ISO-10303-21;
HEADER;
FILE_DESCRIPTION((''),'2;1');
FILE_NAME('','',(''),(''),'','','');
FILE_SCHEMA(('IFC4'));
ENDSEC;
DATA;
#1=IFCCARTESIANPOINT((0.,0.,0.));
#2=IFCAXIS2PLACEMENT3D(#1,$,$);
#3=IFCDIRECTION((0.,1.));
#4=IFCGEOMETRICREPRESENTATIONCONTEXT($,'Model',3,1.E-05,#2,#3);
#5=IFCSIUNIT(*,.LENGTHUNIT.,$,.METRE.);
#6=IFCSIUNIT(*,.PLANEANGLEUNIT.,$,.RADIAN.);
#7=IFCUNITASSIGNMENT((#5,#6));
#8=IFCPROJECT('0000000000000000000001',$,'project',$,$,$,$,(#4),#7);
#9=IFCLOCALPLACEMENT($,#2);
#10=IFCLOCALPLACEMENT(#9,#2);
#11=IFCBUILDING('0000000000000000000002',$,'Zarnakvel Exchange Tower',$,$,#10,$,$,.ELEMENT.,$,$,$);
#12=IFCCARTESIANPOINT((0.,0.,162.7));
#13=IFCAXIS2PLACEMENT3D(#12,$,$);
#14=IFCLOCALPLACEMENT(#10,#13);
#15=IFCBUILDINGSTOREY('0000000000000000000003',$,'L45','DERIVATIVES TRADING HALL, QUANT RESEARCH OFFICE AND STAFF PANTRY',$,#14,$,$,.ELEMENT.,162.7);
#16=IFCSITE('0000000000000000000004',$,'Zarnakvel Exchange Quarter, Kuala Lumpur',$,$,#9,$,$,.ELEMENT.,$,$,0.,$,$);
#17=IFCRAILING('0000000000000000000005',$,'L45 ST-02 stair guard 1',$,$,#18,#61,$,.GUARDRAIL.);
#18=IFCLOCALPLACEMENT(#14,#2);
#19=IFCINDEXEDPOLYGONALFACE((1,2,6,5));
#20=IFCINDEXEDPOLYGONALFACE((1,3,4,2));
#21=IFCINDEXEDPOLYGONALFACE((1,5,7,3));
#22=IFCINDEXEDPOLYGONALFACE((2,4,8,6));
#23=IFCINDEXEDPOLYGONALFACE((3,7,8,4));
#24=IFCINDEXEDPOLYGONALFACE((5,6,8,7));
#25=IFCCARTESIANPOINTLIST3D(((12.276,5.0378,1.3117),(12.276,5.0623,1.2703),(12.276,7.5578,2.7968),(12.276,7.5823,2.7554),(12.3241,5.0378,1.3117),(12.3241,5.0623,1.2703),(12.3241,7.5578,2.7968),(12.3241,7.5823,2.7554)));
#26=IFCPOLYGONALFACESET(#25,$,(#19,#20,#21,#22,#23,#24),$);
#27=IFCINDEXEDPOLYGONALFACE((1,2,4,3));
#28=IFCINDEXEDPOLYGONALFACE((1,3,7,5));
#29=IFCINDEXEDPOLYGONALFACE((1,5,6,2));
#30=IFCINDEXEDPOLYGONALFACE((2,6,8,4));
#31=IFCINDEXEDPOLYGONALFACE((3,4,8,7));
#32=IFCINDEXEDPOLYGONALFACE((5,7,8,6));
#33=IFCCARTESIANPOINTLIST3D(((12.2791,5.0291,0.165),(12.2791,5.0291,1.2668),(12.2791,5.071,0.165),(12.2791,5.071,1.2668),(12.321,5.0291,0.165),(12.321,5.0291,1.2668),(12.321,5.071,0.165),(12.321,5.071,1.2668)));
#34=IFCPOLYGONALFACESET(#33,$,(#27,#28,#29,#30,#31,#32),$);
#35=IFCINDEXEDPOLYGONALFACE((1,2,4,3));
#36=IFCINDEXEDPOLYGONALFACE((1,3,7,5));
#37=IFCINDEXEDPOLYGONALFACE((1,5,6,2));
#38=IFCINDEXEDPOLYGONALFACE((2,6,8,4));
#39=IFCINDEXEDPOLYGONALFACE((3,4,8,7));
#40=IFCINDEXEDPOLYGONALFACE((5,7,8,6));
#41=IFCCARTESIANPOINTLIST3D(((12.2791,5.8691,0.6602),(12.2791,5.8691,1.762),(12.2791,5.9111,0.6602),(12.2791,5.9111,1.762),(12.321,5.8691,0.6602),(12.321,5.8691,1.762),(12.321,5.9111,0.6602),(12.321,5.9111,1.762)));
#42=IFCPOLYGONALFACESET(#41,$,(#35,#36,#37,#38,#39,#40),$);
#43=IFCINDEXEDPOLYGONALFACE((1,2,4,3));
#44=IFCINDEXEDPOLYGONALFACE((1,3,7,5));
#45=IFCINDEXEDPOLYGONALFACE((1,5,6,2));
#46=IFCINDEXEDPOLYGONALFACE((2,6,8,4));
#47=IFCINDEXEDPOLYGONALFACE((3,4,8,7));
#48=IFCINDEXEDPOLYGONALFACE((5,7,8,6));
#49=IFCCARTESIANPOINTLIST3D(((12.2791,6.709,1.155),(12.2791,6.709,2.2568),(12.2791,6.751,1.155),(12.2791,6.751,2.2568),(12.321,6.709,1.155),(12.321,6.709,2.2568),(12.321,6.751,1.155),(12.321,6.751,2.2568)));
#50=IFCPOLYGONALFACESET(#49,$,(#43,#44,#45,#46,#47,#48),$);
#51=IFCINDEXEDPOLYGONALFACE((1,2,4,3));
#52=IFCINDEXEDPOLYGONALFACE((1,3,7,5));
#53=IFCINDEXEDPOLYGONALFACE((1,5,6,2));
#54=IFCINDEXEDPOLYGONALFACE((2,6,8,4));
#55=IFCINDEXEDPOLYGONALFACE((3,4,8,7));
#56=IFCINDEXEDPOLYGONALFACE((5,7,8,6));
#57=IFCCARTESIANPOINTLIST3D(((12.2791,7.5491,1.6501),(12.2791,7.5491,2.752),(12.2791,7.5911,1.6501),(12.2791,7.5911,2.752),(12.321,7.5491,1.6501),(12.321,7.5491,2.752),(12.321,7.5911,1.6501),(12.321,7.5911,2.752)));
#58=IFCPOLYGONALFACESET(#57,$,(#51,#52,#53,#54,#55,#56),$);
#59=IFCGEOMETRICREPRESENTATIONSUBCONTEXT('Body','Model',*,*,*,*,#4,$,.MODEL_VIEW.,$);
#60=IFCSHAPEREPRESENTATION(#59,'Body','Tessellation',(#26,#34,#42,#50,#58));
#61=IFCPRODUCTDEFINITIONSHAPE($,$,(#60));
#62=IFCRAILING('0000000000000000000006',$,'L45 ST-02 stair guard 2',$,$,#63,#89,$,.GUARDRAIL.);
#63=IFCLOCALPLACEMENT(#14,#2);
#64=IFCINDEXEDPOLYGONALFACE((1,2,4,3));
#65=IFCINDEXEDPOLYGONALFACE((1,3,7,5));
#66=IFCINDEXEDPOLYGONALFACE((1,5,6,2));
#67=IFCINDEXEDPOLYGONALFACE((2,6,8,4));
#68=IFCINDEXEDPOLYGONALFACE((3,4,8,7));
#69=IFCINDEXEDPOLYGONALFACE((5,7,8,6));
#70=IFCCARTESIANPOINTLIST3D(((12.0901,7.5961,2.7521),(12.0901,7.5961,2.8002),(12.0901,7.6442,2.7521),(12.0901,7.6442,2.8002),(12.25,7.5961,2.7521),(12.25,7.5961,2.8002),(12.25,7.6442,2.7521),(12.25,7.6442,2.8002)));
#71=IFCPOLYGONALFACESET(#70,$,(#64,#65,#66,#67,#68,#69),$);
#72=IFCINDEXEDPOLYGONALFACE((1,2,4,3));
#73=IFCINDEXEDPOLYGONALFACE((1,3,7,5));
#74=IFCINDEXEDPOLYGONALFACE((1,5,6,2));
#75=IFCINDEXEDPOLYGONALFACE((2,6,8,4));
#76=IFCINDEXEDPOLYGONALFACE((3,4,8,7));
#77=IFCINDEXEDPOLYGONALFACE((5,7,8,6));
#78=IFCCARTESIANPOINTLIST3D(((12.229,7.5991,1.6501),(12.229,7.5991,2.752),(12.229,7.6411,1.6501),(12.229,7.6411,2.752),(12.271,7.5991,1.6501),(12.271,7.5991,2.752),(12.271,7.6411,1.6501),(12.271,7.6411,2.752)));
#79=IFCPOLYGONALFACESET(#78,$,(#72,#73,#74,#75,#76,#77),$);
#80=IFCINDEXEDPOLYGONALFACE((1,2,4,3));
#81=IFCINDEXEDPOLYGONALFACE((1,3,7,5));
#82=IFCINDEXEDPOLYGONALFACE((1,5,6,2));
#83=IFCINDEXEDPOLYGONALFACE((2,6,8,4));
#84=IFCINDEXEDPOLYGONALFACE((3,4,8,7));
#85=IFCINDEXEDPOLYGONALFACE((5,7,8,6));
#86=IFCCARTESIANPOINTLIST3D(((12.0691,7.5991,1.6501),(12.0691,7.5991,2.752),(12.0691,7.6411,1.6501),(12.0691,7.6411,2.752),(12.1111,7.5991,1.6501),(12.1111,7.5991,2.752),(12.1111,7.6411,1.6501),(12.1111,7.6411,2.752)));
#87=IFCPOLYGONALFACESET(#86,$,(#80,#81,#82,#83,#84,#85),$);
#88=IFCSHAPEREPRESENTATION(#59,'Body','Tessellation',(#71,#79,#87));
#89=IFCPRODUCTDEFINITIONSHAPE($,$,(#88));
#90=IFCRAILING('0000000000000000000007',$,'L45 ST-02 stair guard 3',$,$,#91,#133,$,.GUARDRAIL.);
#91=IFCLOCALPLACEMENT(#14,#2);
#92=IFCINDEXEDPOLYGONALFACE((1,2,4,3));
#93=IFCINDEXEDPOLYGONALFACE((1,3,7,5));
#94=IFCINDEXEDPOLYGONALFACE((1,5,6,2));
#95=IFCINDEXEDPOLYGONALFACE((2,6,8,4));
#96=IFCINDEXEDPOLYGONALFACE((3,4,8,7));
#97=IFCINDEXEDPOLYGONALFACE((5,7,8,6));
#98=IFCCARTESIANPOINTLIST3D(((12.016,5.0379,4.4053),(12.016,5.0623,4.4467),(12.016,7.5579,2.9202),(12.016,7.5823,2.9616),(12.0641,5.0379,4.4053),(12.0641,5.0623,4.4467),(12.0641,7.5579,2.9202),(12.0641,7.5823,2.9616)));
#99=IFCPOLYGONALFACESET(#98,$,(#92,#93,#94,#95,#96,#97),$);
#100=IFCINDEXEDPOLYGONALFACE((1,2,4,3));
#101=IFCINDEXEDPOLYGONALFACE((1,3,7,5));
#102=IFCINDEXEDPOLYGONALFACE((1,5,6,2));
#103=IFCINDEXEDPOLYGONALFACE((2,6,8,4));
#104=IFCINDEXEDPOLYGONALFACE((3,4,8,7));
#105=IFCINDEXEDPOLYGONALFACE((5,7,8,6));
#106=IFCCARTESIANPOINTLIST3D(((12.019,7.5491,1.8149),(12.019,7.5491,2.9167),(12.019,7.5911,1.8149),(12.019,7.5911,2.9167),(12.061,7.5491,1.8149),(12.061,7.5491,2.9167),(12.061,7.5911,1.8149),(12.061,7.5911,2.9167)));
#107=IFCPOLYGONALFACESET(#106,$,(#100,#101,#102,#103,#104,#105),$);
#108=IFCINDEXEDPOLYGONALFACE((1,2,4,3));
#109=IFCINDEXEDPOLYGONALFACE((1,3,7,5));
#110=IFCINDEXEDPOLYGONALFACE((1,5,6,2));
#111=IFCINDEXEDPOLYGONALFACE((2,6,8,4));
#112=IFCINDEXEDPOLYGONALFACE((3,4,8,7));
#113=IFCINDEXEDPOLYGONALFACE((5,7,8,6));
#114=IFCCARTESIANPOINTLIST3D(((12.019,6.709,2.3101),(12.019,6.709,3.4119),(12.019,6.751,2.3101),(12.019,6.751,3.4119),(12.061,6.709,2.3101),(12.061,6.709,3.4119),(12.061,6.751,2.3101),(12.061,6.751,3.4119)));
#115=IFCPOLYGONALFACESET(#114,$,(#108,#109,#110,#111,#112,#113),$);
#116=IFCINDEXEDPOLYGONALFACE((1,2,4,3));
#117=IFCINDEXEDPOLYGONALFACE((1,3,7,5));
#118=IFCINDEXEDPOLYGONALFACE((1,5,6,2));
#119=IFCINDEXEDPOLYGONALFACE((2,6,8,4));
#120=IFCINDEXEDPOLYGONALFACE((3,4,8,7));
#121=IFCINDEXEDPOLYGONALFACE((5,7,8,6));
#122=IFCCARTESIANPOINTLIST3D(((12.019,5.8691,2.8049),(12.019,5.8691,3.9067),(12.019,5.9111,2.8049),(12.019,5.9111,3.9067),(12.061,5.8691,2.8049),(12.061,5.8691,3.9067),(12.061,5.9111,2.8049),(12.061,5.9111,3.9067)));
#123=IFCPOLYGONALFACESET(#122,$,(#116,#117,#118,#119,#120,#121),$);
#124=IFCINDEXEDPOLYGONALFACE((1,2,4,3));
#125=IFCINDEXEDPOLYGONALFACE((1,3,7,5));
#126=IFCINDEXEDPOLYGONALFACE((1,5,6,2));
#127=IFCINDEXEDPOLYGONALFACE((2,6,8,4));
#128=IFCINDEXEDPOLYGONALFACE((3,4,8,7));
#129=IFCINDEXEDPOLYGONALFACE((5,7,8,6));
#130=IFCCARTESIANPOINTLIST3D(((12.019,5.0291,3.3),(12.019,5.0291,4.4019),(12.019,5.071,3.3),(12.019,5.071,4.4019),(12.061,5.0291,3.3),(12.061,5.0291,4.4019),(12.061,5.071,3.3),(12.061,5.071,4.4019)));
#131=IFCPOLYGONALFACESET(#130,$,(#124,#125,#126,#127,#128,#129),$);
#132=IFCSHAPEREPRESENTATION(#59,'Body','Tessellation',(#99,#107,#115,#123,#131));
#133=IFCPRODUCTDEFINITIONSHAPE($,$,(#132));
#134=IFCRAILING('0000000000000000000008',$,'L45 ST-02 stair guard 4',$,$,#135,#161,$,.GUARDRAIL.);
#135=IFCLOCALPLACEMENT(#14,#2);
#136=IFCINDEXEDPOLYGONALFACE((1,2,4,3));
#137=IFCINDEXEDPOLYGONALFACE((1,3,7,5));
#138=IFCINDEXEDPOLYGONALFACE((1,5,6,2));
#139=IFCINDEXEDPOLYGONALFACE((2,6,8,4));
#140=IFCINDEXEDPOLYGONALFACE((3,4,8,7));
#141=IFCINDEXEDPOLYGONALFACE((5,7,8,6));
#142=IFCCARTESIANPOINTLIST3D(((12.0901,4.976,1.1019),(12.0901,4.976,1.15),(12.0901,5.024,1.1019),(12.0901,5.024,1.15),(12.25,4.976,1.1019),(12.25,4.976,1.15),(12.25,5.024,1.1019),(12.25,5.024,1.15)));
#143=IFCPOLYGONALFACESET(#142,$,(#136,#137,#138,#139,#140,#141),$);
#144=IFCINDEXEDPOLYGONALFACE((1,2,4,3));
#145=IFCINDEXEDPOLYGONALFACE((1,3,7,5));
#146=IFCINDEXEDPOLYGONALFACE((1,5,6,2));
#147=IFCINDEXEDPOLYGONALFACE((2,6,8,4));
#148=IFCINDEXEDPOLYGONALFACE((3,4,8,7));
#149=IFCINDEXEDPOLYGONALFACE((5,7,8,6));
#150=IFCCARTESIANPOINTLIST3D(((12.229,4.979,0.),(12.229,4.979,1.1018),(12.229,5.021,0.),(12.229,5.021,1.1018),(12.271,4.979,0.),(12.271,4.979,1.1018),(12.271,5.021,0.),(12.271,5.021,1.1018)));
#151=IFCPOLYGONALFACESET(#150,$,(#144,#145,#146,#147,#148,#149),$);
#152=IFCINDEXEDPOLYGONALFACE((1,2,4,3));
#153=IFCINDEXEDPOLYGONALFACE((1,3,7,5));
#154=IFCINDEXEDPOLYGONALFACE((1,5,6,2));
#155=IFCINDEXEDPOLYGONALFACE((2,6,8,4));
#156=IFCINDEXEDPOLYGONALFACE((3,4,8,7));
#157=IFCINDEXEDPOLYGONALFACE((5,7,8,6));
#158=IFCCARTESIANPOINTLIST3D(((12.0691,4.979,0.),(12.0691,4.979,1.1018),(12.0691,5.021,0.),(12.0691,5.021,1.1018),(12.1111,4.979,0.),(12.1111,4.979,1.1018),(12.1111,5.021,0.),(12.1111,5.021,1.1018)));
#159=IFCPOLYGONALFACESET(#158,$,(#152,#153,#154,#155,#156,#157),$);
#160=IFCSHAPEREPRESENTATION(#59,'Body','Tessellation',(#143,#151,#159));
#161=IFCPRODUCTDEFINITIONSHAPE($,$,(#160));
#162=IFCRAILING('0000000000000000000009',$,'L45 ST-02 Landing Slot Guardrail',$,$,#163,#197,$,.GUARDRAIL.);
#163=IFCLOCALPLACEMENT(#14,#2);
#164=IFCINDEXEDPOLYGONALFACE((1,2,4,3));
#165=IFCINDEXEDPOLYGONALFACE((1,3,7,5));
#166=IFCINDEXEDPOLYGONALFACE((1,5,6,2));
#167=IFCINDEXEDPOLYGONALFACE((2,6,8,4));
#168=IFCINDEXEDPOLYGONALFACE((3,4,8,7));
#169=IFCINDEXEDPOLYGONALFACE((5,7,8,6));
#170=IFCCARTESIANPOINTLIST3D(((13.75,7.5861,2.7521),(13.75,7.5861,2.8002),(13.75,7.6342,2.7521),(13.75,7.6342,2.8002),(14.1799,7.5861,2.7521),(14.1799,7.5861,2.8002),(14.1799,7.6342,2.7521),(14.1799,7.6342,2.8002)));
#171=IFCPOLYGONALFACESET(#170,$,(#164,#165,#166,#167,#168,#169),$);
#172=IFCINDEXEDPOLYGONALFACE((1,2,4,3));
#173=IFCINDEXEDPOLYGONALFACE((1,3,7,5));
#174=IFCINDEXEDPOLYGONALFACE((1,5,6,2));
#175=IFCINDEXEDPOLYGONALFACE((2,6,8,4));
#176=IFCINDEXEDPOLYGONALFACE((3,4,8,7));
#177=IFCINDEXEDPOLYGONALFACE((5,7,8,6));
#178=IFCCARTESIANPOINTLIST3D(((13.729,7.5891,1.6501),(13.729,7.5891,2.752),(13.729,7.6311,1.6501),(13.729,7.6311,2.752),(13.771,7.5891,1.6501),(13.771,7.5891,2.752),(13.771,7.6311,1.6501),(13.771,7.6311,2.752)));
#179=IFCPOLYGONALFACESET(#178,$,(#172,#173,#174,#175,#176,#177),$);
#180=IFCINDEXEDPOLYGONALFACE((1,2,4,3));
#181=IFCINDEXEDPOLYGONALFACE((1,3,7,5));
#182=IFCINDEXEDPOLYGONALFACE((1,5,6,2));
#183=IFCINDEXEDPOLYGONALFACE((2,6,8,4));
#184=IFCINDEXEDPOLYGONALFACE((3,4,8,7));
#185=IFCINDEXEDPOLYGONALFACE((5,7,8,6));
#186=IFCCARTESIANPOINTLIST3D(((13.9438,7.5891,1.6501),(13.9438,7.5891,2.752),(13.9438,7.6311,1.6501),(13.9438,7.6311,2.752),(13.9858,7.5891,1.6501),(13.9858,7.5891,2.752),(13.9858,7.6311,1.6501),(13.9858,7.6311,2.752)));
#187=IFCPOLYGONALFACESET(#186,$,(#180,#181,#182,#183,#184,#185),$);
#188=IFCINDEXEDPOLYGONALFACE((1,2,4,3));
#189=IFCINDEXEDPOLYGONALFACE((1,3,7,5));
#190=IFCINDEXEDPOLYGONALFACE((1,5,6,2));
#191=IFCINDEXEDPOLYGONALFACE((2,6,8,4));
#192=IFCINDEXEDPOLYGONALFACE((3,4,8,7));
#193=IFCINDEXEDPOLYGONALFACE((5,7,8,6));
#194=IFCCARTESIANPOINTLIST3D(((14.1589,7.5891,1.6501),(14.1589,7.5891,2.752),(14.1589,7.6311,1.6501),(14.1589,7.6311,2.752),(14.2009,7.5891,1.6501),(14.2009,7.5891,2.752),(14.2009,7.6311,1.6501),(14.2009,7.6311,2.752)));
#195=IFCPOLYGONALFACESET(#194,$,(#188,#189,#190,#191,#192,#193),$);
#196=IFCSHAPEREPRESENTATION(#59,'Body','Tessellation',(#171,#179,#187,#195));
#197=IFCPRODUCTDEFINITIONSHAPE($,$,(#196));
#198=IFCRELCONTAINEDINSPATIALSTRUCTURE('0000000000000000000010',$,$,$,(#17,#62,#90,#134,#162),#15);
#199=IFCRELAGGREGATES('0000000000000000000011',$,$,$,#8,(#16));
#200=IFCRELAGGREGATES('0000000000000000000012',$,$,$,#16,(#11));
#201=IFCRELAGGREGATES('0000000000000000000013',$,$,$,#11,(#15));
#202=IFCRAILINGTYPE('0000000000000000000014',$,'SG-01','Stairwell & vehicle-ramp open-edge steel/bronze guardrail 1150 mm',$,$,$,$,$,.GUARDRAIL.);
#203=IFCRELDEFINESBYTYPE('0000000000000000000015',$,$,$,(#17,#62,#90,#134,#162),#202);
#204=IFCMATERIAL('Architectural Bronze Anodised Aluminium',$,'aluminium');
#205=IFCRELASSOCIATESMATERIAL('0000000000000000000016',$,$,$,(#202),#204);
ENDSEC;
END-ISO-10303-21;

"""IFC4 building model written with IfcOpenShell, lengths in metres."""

from ifc_helpers import new_model, si_unit, direction, frame, origin, origin_2d, place, context, subcontext, project, spatial, rectangle, extrude, material, type_object, element, save


model = new_model("IFC4")

# Units and contexts
model_context = context("Model", 3, precision=1e-05, world=origin(), true_north=direction((0.0, 1.0)))
body_context = subcontext(model_context, "Body", "Model", "MODEL_VIEW")
ifc_project = project(units=[si_unit("LENGTHUNIT", "METRE"), si_unit("PLANEANGLEUNIT", "RADIAN")], contexts=[model_context])

# Site, building, storey
site_placement = place(None, origin())
site = spatial("IfcSite", under=ifc_project, at=site_placement, Name="Zarnakvel Exchange Quarter, Kuala Lumpur", CompositionType="ELEMENT", RefElevation=0.0)
building_placement = place(site_placement, origin())
building = spatial("IfcBuilding", under=site, at=building_placement, Name="Zarnakvel Exchange Tower", CompositionType="ELEMENT")
storey_placement = place(building_placement, frame((0.0, 0.0, 162.7)))
storey = spatial("IfcBuildingStorey", under=building, at=storey_placement, Name="L45", Description="DERIVATIVES TRADING HALL, QUANT RESEARCH OFFICE AND STAFF PANTRY", CompositionType="ELEMENT", Elevation=162.7)

# Shared definitions
ifc_material_1 = material(Name="Architectural Bronze Anodised Aluminium", Category="aluminium")

# Railings
railing_type_1 = type_object("IfcRailingType", Name="SG-01", Description="Stairwell & vehicle-ramp open-edge steel/bronze guardrail 1150 mm", PredefinedType="GUARDRAIL", material=ifc_material_1)
railing_1_placement = place(storey_placement, frame((12.3, 5.05, 0.165)))
element("IfcRailing", 1, at=railing_1_placement, inside=storey, type_object=railing_type_1, Name="L45 ST-02 stair guard 1", PredefinedType="GUARDRAIL", context=body_context, shape_type="SweptSolid", body=[
    extrude(rectangle(XDim=0.0481, YDim=0.0481, at=origin_2d()), frame((0.0, 0.0, 1.126), z_axis=(0.0, 0.861524, 0.507717), x_axis=(-1.0, 0.0, 0.0)), (0.0, 0.0, 1.0), 2.925),
    extrude(rectangle(XDim=0.042, YDim=0.042, at=origin_2d()), origin(), (0.0, 0.0, 1.0), 1.1018),
    extrude(rectangle(XDim=0.042, YDim=0.042, at=origin_2d()), frame((0.0, 0.8401, 0.4951)), (0.0, 0.0, 1.0), 1.1018),
    extrude(rectangle(XDim=0.042, YDim=0.042, at=origin_2d()), frame((0.0, 1.6799, 0.99)), (0.0, 0.0, 1.0), 1.1018),
    extrude(rectangle(XDim=0.042, YDim=0.042, at=origin_2d()), frame((0.0, 2.52, 1.4851)), (0.0, 0.0, 1.0), 1.1018),
])
railing_2_placement = place(storey_placement, frame((12.25, 7.6201, 1.6501)))
element("IfcRailing", 2, at=railing_2_placement, inside=storey, type_object=railing_type_1, Name="L45 ST-02 stair guard 2", PredefinedType="GUARDRAIL", context=body_context, shape_type="SweptSolid", body=[
    extrude(rectangle(XDim=0.0481, YDim=0.0481, at=origin_2d()), frame((0.0, 0.0, 1.126), z_axis=(-1.0, 0.0, 0.0), x_axis=(0.0, -1.0, 0.0)), (0.0, 0.0, 1.0), 0.1599),
    extrude(rectangle(XDim=0.042, YDim=0.042, at=origin_2d()), origin(), (0.0, 0.0, 1.0), 1.1018),
    extrude(rectangle(XDim=0.042, YDim=0.042, at=origin_2d()), frame((-0.1599, 0.0, 0.0)), (0.0, 0.0, 1.0), 1.1018),
])
railing_3_placement = place(storey_placement, frame((12.04, 7.5701, 1.8149)))
element("IfcRailing", 3, at=railing_3_placement, inside=storey, type_object=railing_type_1, Name="L45 ST-02 stair guard 3", PredefinedType="GUARDRAIL", context=body_context, shape_type="SweptSolid", body=[
    extrude(rectangle(XDim=0.0481, YDim=0.0481, at=origin_2d()), frame((0.0, 0.0, 1.126), z_axis=(0.0, -0.861524, 0.507717), x_axis=(1.0, 0.0, 0.0)), (0.0, 0.0, 1.0), 2.925),
    extrude(rectangle(XDim=0.042, YDim=0.042, at=origin_2d()), origin(), (0.0, 0.0, 1.0), 1.1018),
    extrude(rectangle(XDim=0.042, YDim=0.042, at=origin_2d()), frame((0.0, -0.8401, 0.4951)), (0.0, 0.0, 1.0), 1.1018),
    extrude(rectangle(XDim=0.042, YDim=0.042, at=origin_2d()), frame((0.0, -1.6799, 0.99)), (0.0, 0.0, 1.0), 1.1018),
    extrude(rectangle(XDim=0.042, YDim=0.042, at=origin_2d()), frame((0.0, -2.52, 1.4851)), (0.0, 0.0, 1.0), 1.1018),
])
railing_4_placement = place(storey_placement, frame((12.25, 5.0, 0.0)))
element("IfcRailing", 4, at=railing_4_placement, inside=storey, type_object=railing_type_1, Name="L45 ST-02 stair guard 4", PredefinedType="GUARDRAIL", context=body_context, shape_type="SweptSolid", body=[
    extrude(rectangle(XDim=0.0481, YDim=0.0481, at=origin_2d()), frame((0.0, 0.0, 1.126), z_axis=(-1.0, 0.0, 0.0), x_axis=(0.0, -1.0, 0.0)), (0.0, 0.0, 1.0), 0.1599),
    extrude(rectangle(XDim=0.042, YDim=0.042, at=origin_2d()), origin(), (0.0, 0.0, 1.0), 1.1018),
    extrude(rectangle(XDim=0.042, YDim=0.042, at=origin_2d()), frame((-0.1599, 0.0, 0.0)), (0.0, 0.0, 1.0), 1.1018),
])
railing_5_placement = place(storey_placement, frame((13.75, 7.6101, 1.6501)))
element("IfcRailing", 5, at=railing_5_placement, inside=storey, type_object=railing_type_1, Name="L45 ST-02 Landing Slot Guardrail", PredefinedType="GUARDRAIL", context=body_context, shape_type="SweptSolid", body=[
    extrude(rectangle(XDim=0.0481, YDim=0.0481, at=origin_2d()), frame((0.0, 0.0, 1.126), z_axis=(1.0, 0.0, 0.0), x_axis=(0.0, 1.0, 0.0)), (0.0, 0.0, 1.0), 0.4299),
    extrude(rectangle(XDim=0.042, YDim=0.042, at=origin_2d()), origin(), (0.0, 0.0, 1.0), 1.1018),
    extrude(rectangle(XDim=0.042, YDim=0.042, at=origin_2d()), frame((0.2148, 0.0, 0.0)), (0.0, 0.0, 1.0), 1.1018),
    extrude(rectangle(XDim=0.042, YDim=0.042, at=origin_2d()), frame((0.4299, 0.0, 0.0)), (0.0, 0.0, 1.0), 1.1018),
])

save(model, "model.ifc")
